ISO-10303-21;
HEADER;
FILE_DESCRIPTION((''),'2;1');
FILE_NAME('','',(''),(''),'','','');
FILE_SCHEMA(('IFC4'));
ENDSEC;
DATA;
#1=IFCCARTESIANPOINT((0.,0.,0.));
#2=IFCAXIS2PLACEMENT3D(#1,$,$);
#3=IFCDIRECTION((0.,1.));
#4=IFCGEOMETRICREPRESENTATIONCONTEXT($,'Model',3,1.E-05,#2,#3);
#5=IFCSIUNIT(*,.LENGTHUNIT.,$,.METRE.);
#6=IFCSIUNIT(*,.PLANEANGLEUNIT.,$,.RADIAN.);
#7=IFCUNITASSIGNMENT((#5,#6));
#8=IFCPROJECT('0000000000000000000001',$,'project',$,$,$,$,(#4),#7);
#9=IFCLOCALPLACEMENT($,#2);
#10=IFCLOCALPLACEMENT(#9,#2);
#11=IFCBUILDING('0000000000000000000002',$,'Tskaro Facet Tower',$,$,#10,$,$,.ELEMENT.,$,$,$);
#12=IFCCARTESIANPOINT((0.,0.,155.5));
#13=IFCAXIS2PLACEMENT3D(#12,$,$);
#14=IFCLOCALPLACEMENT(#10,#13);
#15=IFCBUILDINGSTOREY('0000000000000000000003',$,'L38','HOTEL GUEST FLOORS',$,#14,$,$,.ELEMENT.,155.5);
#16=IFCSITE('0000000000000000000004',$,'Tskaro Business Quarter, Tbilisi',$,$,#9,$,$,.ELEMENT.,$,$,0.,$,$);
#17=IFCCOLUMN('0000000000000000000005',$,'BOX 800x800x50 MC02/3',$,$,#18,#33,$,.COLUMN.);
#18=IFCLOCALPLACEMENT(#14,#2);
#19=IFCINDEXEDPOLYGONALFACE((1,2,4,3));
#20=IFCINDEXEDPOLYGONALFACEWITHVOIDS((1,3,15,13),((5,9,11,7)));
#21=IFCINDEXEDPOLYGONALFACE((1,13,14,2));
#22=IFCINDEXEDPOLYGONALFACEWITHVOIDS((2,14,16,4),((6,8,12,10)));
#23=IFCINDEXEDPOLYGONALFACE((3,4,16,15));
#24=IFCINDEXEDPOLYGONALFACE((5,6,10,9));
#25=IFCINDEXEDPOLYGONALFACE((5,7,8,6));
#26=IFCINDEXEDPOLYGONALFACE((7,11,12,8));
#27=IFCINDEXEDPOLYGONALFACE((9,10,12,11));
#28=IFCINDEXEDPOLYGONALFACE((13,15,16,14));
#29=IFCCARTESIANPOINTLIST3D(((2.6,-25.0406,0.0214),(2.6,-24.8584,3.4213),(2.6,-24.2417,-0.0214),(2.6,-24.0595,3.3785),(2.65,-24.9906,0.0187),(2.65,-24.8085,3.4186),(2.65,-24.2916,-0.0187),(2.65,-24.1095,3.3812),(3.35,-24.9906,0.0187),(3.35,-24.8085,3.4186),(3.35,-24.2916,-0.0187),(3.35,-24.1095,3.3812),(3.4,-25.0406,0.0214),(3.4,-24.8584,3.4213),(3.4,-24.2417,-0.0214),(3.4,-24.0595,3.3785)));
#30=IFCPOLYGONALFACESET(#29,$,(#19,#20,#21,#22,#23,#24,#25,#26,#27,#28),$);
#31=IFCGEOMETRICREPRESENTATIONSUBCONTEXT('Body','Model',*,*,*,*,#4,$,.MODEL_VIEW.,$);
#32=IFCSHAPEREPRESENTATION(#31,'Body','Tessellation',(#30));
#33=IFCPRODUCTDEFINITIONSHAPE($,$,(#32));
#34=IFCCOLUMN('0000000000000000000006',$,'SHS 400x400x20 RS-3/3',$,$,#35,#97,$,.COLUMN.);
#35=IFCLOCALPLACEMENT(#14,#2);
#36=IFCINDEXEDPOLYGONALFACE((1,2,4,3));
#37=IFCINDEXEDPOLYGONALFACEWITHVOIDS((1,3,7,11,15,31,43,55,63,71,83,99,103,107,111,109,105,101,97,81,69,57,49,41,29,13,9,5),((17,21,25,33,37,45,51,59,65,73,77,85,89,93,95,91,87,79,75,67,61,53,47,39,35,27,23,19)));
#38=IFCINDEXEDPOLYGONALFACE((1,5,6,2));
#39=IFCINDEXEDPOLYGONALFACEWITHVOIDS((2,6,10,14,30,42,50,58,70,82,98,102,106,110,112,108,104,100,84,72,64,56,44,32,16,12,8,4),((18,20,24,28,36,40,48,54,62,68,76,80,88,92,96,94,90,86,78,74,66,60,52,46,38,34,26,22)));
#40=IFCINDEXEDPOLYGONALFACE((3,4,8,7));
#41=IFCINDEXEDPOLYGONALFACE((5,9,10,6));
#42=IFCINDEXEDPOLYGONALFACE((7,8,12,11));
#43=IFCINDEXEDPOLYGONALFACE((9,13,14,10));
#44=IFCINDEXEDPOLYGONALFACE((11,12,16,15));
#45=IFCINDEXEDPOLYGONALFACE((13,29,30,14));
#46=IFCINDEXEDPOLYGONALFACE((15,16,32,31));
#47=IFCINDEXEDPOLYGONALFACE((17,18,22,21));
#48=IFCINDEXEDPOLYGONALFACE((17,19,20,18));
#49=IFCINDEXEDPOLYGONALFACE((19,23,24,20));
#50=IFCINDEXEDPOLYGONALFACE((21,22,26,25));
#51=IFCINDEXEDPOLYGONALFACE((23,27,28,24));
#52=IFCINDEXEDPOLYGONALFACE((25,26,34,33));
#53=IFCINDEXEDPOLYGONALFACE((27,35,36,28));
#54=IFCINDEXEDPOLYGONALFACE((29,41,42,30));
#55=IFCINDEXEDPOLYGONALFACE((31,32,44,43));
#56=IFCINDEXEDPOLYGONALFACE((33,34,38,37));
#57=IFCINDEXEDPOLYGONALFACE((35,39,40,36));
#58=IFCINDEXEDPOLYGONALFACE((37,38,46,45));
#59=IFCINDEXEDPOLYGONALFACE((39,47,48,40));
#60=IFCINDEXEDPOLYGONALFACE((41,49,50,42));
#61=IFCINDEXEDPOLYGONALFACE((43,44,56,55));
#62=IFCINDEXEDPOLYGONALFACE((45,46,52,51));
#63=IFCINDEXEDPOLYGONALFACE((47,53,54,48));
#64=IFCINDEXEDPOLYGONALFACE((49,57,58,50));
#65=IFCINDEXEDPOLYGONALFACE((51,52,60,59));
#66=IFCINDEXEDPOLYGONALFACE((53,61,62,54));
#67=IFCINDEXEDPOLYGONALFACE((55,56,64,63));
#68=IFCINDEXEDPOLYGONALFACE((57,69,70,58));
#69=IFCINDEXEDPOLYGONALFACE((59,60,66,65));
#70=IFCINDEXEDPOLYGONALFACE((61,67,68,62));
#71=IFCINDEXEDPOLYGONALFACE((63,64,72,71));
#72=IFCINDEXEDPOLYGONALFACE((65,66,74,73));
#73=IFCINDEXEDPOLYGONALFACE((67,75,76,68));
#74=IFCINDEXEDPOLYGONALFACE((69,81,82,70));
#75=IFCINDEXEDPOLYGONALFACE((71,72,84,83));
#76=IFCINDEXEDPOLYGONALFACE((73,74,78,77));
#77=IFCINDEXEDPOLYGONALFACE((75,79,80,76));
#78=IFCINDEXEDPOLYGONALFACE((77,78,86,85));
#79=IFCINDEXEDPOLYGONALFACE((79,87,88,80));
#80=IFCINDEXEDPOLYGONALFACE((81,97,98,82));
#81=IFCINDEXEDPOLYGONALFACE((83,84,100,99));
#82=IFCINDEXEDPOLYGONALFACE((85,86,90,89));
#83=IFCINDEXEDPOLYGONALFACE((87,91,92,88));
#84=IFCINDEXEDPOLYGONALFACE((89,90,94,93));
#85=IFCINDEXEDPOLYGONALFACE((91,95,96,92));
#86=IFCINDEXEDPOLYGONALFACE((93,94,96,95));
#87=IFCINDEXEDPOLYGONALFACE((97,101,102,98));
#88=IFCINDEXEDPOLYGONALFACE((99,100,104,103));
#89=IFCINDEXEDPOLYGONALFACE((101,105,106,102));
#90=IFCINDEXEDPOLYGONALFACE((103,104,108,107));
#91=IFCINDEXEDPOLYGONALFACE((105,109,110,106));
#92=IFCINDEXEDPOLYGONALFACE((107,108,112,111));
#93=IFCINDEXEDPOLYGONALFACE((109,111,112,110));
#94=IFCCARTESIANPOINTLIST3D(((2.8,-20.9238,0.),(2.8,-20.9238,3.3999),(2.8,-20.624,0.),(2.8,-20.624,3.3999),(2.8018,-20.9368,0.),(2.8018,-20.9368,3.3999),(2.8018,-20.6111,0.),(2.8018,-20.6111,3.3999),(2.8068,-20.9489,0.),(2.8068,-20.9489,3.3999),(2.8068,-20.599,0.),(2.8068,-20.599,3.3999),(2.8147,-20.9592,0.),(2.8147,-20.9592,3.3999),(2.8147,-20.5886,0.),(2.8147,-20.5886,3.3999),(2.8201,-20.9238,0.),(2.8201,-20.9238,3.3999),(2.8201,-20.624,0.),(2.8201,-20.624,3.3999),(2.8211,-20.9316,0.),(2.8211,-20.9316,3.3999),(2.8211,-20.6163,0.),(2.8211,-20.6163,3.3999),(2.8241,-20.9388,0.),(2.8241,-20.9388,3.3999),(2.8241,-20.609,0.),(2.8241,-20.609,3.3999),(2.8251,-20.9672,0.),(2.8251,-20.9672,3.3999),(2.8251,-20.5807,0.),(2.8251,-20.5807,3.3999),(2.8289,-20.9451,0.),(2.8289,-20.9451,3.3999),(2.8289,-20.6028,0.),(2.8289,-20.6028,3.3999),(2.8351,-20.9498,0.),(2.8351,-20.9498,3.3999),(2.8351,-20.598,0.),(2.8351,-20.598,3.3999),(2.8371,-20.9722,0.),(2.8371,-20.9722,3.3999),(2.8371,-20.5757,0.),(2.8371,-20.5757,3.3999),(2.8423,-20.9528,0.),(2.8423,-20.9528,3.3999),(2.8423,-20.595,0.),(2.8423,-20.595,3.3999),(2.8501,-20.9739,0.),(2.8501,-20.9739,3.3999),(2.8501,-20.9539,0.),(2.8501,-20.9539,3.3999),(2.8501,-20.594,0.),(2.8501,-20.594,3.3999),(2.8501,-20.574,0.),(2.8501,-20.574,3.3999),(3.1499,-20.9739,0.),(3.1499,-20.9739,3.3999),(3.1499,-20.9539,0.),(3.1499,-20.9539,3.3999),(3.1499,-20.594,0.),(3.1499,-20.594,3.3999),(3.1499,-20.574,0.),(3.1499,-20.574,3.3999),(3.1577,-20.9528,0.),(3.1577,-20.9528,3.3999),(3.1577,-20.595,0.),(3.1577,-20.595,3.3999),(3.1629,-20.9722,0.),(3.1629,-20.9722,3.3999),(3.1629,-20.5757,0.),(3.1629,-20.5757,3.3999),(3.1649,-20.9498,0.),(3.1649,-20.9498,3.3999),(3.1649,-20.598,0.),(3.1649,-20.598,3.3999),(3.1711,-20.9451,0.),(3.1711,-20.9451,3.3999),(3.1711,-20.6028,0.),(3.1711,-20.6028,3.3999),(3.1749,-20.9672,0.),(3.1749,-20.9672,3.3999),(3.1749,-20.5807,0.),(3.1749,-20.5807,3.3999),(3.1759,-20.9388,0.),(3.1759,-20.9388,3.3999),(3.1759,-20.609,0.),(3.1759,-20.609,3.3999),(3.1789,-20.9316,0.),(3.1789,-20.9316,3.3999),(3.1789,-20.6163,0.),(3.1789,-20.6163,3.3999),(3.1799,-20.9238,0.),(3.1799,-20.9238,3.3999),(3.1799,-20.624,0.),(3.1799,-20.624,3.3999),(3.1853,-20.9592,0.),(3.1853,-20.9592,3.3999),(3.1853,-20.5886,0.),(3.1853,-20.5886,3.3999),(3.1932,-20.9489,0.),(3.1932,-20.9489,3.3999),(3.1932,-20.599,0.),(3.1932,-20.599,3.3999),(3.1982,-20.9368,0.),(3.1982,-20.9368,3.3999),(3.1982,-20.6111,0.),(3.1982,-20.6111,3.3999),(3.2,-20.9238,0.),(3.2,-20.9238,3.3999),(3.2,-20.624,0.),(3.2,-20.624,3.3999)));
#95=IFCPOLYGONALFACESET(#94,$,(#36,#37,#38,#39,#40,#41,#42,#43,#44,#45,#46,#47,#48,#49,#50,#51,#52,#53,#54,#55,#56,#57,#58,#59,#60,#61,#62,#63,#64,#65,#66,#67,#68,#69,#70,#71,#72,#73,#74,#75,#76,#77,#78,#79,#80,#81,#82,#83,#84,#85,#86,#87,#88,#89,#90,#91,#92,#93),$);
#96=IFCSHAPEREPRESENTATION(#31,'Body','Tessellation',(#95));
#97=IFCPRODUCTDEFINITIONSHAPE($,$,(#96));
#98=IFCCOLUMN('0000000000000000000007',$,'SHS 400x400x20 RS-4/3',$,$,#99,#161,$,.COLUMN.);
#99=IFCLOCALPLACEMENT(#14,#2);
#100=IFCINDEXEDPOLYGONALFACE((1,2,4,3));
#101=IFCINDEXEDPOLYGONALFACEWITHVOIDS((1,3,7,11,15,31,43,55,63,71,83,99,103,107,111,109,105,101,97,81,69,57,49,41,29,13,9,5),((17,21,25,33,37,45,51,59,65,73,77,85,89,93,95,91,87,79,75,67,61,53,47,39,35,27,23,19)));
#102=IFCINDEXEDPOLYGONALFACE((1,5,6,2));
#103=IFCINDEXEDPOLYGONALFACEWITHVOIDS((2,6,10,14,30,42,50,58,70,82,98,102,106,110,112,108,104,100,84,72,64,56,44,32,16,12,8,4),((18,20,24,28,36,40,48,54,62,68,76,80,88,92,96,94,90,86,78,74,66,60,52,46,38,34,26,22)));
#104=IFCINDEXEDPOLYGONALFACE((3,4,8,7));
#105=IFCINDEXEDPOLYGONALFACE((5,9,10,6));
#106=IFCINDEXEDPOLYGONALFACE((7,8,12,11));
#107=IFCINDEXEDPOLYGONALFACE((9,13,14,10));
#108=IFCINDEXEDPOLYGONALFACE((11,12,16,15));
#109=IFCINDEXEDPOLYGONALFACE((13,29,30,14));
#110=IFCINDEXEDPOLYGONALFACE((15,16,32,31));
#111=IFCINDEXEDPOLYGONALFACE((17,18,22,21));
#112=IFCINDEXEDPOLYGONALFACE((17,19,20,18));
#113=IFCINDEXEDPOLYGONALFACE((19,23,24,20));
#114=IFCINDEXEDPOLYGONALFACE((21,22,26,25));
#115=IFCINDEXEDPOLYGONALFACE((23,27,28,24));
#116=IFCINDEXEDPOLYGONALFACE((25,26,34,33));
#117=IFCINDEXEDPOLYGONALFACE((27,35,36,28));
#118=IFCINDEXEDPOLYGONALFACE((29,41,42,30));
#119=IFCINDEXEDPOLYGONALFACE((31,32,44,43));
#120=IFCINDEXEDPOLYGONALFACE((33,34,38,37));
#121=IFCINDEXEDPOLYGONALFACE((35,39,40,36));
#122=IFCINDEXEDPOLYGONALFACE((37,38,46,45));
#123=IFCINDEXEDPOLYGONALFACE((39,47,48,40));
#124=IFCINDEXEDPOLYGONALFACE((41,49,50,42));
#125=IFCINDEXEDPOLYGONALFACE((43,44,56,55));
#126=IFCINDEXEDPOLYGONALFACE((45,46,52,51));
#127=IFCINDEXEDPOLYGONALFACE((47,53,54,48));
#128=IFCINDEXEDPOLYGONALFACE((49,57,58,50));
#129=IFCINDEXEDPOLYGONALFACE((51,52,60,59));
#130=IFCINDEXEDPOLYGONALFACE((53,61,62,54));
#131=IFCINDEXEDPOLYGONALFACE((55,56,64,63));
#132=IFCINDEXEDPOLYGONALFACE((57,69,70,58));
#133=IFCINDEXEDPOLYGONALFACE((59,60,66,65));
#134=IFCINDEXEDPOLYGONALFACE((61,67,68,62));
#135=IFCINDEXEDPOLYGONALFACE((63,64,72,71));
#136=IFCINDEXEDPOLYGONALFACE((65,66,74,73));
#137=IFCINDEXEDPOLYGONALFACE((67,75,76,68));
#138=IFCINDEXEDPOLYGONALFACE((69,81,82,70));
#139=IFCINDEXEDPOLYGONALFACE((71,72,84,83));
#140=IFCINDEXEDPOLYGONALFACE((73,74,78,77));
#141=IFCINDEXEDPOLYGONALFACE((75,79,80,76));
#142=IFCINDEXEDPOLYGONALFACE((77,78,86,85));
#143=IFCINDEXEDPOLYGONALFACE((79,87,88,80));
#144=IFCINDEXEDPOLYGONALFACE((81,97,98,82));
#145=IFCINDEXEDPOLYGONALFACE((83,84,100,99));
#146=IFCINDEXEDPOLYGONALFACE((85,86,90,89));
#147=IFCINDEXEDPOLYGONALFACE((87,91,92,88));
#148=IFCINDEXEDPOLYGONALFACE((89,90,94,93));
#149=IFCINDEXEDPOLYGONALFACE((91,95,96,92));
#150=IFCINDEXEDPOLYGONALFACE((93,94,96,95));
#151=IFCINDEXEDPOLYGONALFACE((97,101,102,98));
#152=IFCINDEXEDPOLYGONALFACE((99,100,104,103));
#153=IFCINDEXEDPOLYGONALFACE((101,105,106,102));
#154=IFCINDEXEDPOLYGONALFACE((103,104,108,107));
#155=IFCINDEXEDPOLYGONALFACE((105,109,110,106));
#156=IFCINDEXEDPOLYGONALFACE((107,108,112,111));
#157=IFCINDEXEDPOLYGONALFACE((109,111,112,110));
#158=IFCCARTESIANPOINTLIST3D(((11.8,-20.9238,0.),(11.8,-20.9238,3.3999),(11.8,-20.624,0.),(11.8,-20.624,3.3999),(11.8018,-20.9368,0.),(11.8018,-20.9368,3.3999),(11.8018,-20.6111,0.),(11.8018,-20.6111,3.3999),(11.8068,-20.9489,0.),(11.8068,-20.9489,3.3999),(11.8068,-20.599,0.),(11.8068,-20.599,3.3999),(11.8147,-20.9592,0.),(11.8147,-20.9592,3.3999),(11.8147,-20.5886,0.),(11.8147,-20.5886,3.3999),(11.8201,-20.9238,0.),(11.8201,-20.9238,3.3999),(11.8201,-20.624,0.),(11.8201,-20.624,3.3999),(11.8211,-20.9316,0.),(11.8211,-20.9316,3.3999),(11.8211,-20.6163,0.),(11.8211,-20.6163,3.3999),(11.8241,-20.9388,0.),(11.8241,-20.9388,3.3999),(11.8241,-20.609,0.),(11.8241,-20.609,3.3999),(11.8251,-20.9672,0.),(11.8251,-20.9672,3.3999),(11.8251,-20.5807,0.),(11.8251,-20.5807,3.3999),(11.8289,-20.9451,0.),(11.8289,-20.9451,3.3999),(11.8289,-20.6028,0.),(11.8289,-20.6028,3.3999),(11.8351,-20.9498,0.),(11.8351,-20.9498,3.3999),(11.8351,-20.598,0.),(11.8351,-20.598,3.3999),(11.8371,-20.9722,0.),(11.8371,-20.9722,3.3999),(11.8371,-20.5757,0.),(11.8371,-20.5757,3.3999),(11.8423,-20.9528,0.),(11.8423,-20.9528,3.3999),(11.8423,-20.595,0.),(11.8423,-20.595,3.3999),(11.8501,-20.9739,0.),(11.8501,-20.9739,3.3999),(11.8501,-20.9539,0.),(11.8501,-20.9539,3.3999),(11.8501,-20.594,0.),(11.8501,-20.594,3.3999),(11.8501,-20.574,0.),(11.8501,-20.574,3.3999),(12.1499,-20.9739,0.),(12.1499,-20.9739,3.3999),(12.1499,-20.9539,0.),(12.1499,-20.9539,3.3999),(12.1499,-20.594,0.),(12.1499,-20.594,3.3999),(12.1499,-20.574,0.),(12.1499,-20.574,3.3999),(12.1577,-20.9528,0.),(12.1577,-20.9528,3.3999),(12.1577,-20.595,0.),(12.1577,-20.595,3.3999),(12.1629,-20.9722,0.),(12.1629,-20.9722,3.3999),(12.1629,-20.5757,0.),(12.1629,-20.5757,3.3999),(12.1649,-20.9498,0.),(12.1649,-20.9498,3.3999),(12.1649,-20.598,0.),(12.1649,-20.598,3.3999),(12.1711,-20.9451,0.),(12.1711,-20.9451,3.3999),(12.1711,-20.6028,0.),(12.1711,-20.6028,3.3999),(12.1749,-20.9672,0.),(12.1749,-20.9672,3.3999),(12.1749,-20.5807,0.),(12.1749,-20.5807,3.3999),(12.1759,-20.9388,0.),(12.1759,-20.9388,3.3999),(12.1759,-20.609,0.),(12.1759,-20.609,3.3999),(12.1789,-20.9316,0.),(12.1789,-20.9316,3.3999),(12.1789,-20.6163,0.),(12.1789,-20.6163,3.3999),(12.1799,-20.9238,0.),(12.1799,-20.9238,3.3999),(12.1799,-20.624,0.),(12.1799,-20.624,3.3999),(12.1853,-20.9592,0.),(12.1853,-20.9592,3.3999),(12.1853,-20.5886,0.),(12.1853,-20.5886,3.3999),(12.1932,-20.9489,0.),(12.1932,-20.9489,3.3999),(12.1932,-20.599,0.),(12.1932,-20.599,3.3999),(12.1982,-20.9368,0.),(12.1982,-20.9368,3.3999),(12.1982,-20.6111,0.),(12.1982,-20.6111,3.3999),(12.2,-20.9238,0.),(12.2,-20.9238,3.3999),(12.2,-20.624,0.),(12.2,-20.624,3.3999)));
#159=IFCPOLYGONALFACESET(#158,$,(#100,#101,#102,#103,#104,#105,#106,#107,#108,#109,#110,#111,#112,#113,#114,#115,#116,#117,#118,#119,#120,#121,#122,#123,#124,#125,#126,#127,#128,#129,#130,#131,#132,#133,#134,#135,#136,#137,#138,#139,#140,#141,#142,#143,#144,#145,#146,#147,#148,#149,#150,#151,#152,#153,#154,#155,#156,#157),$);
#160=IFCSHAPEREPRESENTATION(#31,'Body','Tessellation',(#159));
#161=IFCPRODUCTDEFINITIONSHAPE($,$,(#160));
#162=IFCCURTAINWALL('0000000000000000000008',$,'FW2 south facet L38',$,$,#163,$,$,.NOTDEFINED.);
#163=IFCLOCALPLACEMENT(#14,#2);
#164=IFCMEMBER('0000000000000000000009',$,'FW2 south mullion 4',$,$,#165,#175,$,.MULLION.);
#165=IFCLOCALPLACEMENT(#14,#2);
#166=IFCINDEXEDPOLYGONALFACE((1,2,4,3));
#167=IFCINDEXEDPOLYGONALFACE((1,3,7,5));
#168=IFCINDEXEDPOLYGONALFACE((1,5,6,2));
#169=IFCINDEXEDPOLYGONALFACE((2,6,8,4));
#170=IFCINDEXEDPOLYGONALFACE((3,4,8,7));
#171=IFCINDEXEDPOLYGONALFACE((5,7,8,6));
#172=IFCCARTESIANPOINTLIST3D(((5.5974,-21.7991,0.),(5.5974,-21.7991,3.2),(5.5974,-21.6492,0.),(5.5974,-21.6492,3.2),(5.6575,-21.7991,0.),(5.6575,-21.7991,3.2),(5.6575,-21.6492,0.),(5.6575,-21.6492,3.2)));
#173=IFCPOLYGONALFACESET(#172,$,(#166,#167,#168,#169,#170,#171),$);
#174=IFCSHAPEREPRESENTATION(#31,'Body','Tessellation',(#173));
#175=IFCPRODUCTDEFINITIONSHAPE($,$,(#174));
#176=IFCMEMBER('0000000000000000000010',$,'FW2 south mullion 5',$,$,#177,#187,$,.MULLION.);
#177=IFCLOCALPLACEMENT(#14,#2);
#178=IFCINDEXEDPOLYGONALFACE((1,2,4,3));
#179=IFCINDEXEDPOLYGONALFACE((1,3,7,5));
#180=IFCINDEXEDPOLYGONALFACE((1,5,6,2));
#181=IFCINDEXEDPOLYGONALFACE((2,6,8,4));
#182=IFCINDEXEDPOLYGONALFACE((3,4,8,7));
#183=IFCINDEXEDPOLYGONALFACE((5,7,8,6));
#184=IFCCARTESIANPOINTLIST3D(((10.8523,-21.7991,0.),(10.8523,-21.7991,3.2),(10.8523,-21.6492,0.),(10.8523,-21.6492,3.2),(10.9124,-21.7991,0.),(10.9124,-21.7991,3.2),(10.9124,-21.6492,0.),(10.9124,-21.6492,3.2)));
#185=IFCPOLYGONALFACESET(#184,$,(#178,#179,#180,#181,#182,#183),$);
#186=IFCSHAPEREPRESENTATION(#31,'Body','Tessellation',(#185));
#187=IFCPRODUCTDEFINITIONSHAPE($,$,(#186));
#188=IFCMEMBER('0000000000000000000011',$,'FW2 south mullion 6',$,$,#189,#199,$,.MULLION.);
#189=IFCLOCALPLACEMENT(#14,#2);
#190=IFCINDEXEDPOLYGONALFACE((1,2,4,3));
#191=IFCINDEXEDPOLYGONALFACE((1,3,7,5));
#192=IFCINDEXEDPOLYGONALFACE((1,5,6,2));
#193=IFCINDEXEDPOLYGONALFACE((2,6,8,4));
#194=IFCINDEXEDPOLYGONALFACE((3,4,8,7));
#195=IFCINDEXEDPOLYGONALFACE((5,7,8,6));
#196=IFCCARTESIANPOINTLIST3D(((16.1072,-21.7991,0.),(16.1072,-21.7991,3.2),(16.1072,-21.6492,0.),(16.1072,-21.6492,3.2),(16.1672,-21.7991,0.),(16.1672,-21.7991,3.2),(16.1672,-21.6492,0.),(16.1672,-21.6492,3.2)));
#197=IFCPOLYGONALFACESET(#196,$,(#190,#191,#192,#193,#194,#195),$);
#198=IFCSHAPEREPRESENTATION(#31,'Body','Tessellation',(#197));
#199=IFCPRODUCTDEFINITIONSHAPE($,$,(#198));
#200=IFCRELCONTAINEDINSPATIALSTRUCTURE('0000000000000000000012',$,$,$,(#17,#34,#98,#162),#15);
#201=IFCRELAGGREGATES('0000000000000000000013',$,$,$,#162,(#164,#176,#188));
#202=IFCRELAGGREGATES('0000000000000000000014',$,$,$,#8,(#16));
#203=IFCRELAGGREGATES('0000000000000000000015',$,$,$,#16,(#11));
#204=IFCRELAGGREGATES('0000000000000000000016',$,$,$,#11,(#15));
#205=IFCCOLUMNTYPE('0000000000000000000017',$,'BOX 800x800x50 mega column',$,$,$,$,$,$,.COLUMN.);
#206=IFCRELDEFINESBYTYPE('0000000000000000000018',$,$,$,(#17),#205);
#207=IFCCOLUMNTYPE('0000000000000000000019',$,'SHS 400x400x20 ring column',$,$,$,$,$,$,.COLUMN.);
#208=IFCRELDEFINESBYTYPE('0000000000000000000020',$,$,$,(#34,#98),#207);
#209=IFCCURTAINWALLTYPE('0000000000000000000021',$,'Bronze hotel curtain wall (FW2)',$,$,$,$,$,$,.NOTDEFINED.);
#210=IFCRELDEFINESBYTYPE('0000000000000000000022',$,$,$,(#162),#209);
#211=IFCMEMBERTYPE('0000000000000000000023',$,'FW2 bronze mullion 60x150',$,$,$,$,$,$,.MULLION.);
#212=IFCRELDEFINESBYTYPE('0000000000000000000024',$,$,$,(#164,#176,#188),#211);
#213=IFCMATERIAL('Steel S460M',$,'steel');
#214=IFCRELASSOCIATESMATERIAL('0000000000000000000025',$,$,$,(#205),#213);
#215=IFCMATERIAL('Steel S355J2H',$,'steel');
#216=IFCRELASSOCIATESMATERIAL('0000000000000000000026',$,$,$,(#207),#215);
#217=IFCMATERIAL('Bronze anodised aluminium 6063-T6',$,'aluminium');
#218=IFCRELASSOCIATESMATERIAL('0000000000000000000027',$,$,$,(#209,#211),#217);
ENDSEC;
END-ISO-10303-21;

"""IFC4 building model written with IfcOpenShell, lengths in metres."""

from ifc_helpers import new_model, si_unit, direction, frame, origin, origin_2d, place, context, subcontext, project, spatial, rectangle, hollow_rectangle, extrude, material, material_profile, profile_set, type_object, element, aggregate, save


model = new_model("IFC4")

# Units and contexts
model_context = context("Model", 3, precision=1e-05, world=origin(), true_north=direction((0.0, 1.0)))
body_context = subcontext(model_context, "Body", "Model", "MODEL_VIEW")
ifc_project = project(units=[si_unit("LENGTHUNIT", "METRE"), si_unit("PLANEANGLEUNIT", "RADIAN")], contexts=[model_context])

# Site, building, storey
site_placement = place(None, origin())
site = spatial("IfcSite", under=ifc_project, at=site_placement, Name="Tskaro Business Quarter, Tbilisi", CompositionType="ELEMENT", RefElevation=0.0)
building_placement = place(site_placement, origin())
building = spatial("IfcBuilding", under=site, at=building_placement, Name="Tskaro Facet Tower", CompositionType="ELEMENT")
storey_placement = place(building_placement, frame((0.0, 0.0, 155.5)))
storey = spatial("IfcBuildingStorey", under=building, at=storey_placement, Name="L38", Description="HOTEL GUEST FLOORS", CompositionType="ELEMENT", Elevation=155.5)

# Columns
ifc_material_1 = material(Name="Steel S460M", Category="steel")
ifc_material_profile_1 = material_profile(ifc_material_1, hollow_rectangle(XDim=0.8, YDim=0.8, WallThickness=0.05, at=origin_2d()), Name="BOX 800x800x50")
ifc_profile_set_1 = profile_set([ifc_material_profile_1], Name="Steel S460M")
column_type_1 = type_object("IfcColumnType", Name="BOX 800x800x50 mega column", PredefinedType="COLUMN", material=ifc_profile_set_1)
column_placement = place(storey_placement, frame((3.0, -24.6411, 0.0), z_axis=(0.0, 0.053492, 0.998568), x_axis=(-1.0, 0.0, 0.0)))
element("IfcColumn", 1, at=column_placement, inside=storey, type_object=column_type_1, Name="BOX 800x800x50 MC02/3", PredefinedType="COLUMN", context=body_context, shape_type="SweptSolid", body=[
    extrude(hollow_rectangle(XDim=0.8, YDim=0.8, WallThickness=0.05, at=origin_2d()), origin(), (0.0, 0.0, 1.0), 3.4048),
])
ifc_material_2 = material(Name="Steel S355J2H", Category="steel")
ifc_material_profile_2 = material_profile(ifc_material_2, hollow_rectangle(XDim=0.3999, YDim=0.3999, WallThickness=0.02, InnerFilletRadius=0.03, OuterFilletRadius=0.05, at=origin_2d()), Name="SHS 400x400x20")
ifc_profile_set_2 = profile_set([ifc_material_profile_2], Name="Steel S355J2H")
column_type_2 = type_object("IfcColumnType", Name="SHS 400x400x20 ring column", PredefinedType="COLUMN", material=ifc_profile_set_2)
for number, where, z_axis, x_axis, name in (
    (2, (3.0, -20.7739, 0.0), (0.0, 0.0, 1.0), (1.0, 0.0, 0.0), "SHS 400x400x20 RS-3/3"),
    (3, (12.0, -20.7739, 0.0), (0.0, 0.0, 1.0), (1.0, 0.0, 0.0), "SHS 400x400x20 RS-4/3"),
):
    element("IfcColumn", number, at=place(storey_placement, frame(where, z_axis=z_axis, x_axis=x_axis)), inside=storey, type_object=column_type_2, Name=name, PredefinedType="COLUMN", context=body_context, shape_type="SweptSolid", body=[
        extrude(hollow_rectangle(XDim=0.3999, YDim=0.3999, WallThickness=0.02, InnerFilletRadius=0.03, OuterFilletRadius=0.05, at=origin_2d()), origin(), (0.0, 0.0, 1.0), 3.3999),
    ])

# Curtain wall, members
ifc_material_3 = material(Name="Bronze anodised aluminium 6063-T6", Category="aluminium")
curtain_wall_type = type_object("IfcCurtainWallType", Name="Bronze hotel curtain wall (FW2)", PredefinedType="NOTDEFINED", material=ifc_material_3)
curtain_wall_placement = place(storey_placement, origin())
curtain_wall = element("IfcCurtainWall", 4, at=curtain_wall_placement, inside=storey, type_object=curtain_wall_type, Name="FW2 south facet L38", PredefinedType="NOTDEFINED")
ifc_material_profile_3 = material_profile(ifc_material_3, rectangle(XDim=0.0601, YDim=0.1499, at=origin_2d()), Name="Mullion 60x150")
ifc_profile_set_3 = profile_set([ifc_material_profile_3], Name="Bronze anodised aluminium 6063-T6")
member_type_1 = type_object("IfcMemberType", Name="FW2 bronze mullion 60x150", PredefinedType="MULLION", material=ifc_profile_set_3)
member_1_placement = place(storey_placement, frame((5.6274, -21.7241, 0.0), z_axis=(0.0, 0.0, 1.0), x_axis=(1.0, 0.0, 0.0)))
member_1 = element("IfcMember", 5, at=member_1_placement, type_object=member_type_1, Name="FW2 south mullion 4", PredefinedType="MULLION", context=body_context, shape_type="SweptSolid", body=[
    extrude(rectangle(XDim=0.0601, YDim=0.1499, at=origin_2d()), origin(), (0.0, 0.0, 1.0), 3.2),
])
member_2_placement = place(storey_placement, frame((10.8823, -21.7241, 0.0), z_axis=(0.0, 0.0, 1.0), x_axis=(1.0, 0.0, 0.0)))
member_2 = element("IfcMember", 6, at=member_2_placement, type_object=member_type_1, Name="FW2 south mullion 5", PredefinedType="MULLION", context=body_context, shape_type="SweptSolid", body=[
    extrude(rectangle(XDim=0.0601, YDim=0.1499, at=origin_2d()), origin(), (0.0, 0.0, 1.0), 3.2),
])
member_3_placement = place(storey_placement, frame((16.1372, -21.7241, 0.0), z_axis=(0.0, 0.0, 1.0), x_axis=(1.0, 0.0, 0.0)))
member_3 = element("IfcMember", 7, at=member_3_placement, type_object=member_type_1, Name="FW2 south mullion 6", PredefinedType="MULLION", context=body_context, shape_type="SweptSolid", body=[
    extrude(rectangle(XDim=0.0601, YDim=0.1499, at=origin_2d()), origin(), (0.0, 0.0, 1.0), 3.2),
])

aggregate(curtain_wall, [member_1, member_2, member_3])

save(model, "model.ifc")
